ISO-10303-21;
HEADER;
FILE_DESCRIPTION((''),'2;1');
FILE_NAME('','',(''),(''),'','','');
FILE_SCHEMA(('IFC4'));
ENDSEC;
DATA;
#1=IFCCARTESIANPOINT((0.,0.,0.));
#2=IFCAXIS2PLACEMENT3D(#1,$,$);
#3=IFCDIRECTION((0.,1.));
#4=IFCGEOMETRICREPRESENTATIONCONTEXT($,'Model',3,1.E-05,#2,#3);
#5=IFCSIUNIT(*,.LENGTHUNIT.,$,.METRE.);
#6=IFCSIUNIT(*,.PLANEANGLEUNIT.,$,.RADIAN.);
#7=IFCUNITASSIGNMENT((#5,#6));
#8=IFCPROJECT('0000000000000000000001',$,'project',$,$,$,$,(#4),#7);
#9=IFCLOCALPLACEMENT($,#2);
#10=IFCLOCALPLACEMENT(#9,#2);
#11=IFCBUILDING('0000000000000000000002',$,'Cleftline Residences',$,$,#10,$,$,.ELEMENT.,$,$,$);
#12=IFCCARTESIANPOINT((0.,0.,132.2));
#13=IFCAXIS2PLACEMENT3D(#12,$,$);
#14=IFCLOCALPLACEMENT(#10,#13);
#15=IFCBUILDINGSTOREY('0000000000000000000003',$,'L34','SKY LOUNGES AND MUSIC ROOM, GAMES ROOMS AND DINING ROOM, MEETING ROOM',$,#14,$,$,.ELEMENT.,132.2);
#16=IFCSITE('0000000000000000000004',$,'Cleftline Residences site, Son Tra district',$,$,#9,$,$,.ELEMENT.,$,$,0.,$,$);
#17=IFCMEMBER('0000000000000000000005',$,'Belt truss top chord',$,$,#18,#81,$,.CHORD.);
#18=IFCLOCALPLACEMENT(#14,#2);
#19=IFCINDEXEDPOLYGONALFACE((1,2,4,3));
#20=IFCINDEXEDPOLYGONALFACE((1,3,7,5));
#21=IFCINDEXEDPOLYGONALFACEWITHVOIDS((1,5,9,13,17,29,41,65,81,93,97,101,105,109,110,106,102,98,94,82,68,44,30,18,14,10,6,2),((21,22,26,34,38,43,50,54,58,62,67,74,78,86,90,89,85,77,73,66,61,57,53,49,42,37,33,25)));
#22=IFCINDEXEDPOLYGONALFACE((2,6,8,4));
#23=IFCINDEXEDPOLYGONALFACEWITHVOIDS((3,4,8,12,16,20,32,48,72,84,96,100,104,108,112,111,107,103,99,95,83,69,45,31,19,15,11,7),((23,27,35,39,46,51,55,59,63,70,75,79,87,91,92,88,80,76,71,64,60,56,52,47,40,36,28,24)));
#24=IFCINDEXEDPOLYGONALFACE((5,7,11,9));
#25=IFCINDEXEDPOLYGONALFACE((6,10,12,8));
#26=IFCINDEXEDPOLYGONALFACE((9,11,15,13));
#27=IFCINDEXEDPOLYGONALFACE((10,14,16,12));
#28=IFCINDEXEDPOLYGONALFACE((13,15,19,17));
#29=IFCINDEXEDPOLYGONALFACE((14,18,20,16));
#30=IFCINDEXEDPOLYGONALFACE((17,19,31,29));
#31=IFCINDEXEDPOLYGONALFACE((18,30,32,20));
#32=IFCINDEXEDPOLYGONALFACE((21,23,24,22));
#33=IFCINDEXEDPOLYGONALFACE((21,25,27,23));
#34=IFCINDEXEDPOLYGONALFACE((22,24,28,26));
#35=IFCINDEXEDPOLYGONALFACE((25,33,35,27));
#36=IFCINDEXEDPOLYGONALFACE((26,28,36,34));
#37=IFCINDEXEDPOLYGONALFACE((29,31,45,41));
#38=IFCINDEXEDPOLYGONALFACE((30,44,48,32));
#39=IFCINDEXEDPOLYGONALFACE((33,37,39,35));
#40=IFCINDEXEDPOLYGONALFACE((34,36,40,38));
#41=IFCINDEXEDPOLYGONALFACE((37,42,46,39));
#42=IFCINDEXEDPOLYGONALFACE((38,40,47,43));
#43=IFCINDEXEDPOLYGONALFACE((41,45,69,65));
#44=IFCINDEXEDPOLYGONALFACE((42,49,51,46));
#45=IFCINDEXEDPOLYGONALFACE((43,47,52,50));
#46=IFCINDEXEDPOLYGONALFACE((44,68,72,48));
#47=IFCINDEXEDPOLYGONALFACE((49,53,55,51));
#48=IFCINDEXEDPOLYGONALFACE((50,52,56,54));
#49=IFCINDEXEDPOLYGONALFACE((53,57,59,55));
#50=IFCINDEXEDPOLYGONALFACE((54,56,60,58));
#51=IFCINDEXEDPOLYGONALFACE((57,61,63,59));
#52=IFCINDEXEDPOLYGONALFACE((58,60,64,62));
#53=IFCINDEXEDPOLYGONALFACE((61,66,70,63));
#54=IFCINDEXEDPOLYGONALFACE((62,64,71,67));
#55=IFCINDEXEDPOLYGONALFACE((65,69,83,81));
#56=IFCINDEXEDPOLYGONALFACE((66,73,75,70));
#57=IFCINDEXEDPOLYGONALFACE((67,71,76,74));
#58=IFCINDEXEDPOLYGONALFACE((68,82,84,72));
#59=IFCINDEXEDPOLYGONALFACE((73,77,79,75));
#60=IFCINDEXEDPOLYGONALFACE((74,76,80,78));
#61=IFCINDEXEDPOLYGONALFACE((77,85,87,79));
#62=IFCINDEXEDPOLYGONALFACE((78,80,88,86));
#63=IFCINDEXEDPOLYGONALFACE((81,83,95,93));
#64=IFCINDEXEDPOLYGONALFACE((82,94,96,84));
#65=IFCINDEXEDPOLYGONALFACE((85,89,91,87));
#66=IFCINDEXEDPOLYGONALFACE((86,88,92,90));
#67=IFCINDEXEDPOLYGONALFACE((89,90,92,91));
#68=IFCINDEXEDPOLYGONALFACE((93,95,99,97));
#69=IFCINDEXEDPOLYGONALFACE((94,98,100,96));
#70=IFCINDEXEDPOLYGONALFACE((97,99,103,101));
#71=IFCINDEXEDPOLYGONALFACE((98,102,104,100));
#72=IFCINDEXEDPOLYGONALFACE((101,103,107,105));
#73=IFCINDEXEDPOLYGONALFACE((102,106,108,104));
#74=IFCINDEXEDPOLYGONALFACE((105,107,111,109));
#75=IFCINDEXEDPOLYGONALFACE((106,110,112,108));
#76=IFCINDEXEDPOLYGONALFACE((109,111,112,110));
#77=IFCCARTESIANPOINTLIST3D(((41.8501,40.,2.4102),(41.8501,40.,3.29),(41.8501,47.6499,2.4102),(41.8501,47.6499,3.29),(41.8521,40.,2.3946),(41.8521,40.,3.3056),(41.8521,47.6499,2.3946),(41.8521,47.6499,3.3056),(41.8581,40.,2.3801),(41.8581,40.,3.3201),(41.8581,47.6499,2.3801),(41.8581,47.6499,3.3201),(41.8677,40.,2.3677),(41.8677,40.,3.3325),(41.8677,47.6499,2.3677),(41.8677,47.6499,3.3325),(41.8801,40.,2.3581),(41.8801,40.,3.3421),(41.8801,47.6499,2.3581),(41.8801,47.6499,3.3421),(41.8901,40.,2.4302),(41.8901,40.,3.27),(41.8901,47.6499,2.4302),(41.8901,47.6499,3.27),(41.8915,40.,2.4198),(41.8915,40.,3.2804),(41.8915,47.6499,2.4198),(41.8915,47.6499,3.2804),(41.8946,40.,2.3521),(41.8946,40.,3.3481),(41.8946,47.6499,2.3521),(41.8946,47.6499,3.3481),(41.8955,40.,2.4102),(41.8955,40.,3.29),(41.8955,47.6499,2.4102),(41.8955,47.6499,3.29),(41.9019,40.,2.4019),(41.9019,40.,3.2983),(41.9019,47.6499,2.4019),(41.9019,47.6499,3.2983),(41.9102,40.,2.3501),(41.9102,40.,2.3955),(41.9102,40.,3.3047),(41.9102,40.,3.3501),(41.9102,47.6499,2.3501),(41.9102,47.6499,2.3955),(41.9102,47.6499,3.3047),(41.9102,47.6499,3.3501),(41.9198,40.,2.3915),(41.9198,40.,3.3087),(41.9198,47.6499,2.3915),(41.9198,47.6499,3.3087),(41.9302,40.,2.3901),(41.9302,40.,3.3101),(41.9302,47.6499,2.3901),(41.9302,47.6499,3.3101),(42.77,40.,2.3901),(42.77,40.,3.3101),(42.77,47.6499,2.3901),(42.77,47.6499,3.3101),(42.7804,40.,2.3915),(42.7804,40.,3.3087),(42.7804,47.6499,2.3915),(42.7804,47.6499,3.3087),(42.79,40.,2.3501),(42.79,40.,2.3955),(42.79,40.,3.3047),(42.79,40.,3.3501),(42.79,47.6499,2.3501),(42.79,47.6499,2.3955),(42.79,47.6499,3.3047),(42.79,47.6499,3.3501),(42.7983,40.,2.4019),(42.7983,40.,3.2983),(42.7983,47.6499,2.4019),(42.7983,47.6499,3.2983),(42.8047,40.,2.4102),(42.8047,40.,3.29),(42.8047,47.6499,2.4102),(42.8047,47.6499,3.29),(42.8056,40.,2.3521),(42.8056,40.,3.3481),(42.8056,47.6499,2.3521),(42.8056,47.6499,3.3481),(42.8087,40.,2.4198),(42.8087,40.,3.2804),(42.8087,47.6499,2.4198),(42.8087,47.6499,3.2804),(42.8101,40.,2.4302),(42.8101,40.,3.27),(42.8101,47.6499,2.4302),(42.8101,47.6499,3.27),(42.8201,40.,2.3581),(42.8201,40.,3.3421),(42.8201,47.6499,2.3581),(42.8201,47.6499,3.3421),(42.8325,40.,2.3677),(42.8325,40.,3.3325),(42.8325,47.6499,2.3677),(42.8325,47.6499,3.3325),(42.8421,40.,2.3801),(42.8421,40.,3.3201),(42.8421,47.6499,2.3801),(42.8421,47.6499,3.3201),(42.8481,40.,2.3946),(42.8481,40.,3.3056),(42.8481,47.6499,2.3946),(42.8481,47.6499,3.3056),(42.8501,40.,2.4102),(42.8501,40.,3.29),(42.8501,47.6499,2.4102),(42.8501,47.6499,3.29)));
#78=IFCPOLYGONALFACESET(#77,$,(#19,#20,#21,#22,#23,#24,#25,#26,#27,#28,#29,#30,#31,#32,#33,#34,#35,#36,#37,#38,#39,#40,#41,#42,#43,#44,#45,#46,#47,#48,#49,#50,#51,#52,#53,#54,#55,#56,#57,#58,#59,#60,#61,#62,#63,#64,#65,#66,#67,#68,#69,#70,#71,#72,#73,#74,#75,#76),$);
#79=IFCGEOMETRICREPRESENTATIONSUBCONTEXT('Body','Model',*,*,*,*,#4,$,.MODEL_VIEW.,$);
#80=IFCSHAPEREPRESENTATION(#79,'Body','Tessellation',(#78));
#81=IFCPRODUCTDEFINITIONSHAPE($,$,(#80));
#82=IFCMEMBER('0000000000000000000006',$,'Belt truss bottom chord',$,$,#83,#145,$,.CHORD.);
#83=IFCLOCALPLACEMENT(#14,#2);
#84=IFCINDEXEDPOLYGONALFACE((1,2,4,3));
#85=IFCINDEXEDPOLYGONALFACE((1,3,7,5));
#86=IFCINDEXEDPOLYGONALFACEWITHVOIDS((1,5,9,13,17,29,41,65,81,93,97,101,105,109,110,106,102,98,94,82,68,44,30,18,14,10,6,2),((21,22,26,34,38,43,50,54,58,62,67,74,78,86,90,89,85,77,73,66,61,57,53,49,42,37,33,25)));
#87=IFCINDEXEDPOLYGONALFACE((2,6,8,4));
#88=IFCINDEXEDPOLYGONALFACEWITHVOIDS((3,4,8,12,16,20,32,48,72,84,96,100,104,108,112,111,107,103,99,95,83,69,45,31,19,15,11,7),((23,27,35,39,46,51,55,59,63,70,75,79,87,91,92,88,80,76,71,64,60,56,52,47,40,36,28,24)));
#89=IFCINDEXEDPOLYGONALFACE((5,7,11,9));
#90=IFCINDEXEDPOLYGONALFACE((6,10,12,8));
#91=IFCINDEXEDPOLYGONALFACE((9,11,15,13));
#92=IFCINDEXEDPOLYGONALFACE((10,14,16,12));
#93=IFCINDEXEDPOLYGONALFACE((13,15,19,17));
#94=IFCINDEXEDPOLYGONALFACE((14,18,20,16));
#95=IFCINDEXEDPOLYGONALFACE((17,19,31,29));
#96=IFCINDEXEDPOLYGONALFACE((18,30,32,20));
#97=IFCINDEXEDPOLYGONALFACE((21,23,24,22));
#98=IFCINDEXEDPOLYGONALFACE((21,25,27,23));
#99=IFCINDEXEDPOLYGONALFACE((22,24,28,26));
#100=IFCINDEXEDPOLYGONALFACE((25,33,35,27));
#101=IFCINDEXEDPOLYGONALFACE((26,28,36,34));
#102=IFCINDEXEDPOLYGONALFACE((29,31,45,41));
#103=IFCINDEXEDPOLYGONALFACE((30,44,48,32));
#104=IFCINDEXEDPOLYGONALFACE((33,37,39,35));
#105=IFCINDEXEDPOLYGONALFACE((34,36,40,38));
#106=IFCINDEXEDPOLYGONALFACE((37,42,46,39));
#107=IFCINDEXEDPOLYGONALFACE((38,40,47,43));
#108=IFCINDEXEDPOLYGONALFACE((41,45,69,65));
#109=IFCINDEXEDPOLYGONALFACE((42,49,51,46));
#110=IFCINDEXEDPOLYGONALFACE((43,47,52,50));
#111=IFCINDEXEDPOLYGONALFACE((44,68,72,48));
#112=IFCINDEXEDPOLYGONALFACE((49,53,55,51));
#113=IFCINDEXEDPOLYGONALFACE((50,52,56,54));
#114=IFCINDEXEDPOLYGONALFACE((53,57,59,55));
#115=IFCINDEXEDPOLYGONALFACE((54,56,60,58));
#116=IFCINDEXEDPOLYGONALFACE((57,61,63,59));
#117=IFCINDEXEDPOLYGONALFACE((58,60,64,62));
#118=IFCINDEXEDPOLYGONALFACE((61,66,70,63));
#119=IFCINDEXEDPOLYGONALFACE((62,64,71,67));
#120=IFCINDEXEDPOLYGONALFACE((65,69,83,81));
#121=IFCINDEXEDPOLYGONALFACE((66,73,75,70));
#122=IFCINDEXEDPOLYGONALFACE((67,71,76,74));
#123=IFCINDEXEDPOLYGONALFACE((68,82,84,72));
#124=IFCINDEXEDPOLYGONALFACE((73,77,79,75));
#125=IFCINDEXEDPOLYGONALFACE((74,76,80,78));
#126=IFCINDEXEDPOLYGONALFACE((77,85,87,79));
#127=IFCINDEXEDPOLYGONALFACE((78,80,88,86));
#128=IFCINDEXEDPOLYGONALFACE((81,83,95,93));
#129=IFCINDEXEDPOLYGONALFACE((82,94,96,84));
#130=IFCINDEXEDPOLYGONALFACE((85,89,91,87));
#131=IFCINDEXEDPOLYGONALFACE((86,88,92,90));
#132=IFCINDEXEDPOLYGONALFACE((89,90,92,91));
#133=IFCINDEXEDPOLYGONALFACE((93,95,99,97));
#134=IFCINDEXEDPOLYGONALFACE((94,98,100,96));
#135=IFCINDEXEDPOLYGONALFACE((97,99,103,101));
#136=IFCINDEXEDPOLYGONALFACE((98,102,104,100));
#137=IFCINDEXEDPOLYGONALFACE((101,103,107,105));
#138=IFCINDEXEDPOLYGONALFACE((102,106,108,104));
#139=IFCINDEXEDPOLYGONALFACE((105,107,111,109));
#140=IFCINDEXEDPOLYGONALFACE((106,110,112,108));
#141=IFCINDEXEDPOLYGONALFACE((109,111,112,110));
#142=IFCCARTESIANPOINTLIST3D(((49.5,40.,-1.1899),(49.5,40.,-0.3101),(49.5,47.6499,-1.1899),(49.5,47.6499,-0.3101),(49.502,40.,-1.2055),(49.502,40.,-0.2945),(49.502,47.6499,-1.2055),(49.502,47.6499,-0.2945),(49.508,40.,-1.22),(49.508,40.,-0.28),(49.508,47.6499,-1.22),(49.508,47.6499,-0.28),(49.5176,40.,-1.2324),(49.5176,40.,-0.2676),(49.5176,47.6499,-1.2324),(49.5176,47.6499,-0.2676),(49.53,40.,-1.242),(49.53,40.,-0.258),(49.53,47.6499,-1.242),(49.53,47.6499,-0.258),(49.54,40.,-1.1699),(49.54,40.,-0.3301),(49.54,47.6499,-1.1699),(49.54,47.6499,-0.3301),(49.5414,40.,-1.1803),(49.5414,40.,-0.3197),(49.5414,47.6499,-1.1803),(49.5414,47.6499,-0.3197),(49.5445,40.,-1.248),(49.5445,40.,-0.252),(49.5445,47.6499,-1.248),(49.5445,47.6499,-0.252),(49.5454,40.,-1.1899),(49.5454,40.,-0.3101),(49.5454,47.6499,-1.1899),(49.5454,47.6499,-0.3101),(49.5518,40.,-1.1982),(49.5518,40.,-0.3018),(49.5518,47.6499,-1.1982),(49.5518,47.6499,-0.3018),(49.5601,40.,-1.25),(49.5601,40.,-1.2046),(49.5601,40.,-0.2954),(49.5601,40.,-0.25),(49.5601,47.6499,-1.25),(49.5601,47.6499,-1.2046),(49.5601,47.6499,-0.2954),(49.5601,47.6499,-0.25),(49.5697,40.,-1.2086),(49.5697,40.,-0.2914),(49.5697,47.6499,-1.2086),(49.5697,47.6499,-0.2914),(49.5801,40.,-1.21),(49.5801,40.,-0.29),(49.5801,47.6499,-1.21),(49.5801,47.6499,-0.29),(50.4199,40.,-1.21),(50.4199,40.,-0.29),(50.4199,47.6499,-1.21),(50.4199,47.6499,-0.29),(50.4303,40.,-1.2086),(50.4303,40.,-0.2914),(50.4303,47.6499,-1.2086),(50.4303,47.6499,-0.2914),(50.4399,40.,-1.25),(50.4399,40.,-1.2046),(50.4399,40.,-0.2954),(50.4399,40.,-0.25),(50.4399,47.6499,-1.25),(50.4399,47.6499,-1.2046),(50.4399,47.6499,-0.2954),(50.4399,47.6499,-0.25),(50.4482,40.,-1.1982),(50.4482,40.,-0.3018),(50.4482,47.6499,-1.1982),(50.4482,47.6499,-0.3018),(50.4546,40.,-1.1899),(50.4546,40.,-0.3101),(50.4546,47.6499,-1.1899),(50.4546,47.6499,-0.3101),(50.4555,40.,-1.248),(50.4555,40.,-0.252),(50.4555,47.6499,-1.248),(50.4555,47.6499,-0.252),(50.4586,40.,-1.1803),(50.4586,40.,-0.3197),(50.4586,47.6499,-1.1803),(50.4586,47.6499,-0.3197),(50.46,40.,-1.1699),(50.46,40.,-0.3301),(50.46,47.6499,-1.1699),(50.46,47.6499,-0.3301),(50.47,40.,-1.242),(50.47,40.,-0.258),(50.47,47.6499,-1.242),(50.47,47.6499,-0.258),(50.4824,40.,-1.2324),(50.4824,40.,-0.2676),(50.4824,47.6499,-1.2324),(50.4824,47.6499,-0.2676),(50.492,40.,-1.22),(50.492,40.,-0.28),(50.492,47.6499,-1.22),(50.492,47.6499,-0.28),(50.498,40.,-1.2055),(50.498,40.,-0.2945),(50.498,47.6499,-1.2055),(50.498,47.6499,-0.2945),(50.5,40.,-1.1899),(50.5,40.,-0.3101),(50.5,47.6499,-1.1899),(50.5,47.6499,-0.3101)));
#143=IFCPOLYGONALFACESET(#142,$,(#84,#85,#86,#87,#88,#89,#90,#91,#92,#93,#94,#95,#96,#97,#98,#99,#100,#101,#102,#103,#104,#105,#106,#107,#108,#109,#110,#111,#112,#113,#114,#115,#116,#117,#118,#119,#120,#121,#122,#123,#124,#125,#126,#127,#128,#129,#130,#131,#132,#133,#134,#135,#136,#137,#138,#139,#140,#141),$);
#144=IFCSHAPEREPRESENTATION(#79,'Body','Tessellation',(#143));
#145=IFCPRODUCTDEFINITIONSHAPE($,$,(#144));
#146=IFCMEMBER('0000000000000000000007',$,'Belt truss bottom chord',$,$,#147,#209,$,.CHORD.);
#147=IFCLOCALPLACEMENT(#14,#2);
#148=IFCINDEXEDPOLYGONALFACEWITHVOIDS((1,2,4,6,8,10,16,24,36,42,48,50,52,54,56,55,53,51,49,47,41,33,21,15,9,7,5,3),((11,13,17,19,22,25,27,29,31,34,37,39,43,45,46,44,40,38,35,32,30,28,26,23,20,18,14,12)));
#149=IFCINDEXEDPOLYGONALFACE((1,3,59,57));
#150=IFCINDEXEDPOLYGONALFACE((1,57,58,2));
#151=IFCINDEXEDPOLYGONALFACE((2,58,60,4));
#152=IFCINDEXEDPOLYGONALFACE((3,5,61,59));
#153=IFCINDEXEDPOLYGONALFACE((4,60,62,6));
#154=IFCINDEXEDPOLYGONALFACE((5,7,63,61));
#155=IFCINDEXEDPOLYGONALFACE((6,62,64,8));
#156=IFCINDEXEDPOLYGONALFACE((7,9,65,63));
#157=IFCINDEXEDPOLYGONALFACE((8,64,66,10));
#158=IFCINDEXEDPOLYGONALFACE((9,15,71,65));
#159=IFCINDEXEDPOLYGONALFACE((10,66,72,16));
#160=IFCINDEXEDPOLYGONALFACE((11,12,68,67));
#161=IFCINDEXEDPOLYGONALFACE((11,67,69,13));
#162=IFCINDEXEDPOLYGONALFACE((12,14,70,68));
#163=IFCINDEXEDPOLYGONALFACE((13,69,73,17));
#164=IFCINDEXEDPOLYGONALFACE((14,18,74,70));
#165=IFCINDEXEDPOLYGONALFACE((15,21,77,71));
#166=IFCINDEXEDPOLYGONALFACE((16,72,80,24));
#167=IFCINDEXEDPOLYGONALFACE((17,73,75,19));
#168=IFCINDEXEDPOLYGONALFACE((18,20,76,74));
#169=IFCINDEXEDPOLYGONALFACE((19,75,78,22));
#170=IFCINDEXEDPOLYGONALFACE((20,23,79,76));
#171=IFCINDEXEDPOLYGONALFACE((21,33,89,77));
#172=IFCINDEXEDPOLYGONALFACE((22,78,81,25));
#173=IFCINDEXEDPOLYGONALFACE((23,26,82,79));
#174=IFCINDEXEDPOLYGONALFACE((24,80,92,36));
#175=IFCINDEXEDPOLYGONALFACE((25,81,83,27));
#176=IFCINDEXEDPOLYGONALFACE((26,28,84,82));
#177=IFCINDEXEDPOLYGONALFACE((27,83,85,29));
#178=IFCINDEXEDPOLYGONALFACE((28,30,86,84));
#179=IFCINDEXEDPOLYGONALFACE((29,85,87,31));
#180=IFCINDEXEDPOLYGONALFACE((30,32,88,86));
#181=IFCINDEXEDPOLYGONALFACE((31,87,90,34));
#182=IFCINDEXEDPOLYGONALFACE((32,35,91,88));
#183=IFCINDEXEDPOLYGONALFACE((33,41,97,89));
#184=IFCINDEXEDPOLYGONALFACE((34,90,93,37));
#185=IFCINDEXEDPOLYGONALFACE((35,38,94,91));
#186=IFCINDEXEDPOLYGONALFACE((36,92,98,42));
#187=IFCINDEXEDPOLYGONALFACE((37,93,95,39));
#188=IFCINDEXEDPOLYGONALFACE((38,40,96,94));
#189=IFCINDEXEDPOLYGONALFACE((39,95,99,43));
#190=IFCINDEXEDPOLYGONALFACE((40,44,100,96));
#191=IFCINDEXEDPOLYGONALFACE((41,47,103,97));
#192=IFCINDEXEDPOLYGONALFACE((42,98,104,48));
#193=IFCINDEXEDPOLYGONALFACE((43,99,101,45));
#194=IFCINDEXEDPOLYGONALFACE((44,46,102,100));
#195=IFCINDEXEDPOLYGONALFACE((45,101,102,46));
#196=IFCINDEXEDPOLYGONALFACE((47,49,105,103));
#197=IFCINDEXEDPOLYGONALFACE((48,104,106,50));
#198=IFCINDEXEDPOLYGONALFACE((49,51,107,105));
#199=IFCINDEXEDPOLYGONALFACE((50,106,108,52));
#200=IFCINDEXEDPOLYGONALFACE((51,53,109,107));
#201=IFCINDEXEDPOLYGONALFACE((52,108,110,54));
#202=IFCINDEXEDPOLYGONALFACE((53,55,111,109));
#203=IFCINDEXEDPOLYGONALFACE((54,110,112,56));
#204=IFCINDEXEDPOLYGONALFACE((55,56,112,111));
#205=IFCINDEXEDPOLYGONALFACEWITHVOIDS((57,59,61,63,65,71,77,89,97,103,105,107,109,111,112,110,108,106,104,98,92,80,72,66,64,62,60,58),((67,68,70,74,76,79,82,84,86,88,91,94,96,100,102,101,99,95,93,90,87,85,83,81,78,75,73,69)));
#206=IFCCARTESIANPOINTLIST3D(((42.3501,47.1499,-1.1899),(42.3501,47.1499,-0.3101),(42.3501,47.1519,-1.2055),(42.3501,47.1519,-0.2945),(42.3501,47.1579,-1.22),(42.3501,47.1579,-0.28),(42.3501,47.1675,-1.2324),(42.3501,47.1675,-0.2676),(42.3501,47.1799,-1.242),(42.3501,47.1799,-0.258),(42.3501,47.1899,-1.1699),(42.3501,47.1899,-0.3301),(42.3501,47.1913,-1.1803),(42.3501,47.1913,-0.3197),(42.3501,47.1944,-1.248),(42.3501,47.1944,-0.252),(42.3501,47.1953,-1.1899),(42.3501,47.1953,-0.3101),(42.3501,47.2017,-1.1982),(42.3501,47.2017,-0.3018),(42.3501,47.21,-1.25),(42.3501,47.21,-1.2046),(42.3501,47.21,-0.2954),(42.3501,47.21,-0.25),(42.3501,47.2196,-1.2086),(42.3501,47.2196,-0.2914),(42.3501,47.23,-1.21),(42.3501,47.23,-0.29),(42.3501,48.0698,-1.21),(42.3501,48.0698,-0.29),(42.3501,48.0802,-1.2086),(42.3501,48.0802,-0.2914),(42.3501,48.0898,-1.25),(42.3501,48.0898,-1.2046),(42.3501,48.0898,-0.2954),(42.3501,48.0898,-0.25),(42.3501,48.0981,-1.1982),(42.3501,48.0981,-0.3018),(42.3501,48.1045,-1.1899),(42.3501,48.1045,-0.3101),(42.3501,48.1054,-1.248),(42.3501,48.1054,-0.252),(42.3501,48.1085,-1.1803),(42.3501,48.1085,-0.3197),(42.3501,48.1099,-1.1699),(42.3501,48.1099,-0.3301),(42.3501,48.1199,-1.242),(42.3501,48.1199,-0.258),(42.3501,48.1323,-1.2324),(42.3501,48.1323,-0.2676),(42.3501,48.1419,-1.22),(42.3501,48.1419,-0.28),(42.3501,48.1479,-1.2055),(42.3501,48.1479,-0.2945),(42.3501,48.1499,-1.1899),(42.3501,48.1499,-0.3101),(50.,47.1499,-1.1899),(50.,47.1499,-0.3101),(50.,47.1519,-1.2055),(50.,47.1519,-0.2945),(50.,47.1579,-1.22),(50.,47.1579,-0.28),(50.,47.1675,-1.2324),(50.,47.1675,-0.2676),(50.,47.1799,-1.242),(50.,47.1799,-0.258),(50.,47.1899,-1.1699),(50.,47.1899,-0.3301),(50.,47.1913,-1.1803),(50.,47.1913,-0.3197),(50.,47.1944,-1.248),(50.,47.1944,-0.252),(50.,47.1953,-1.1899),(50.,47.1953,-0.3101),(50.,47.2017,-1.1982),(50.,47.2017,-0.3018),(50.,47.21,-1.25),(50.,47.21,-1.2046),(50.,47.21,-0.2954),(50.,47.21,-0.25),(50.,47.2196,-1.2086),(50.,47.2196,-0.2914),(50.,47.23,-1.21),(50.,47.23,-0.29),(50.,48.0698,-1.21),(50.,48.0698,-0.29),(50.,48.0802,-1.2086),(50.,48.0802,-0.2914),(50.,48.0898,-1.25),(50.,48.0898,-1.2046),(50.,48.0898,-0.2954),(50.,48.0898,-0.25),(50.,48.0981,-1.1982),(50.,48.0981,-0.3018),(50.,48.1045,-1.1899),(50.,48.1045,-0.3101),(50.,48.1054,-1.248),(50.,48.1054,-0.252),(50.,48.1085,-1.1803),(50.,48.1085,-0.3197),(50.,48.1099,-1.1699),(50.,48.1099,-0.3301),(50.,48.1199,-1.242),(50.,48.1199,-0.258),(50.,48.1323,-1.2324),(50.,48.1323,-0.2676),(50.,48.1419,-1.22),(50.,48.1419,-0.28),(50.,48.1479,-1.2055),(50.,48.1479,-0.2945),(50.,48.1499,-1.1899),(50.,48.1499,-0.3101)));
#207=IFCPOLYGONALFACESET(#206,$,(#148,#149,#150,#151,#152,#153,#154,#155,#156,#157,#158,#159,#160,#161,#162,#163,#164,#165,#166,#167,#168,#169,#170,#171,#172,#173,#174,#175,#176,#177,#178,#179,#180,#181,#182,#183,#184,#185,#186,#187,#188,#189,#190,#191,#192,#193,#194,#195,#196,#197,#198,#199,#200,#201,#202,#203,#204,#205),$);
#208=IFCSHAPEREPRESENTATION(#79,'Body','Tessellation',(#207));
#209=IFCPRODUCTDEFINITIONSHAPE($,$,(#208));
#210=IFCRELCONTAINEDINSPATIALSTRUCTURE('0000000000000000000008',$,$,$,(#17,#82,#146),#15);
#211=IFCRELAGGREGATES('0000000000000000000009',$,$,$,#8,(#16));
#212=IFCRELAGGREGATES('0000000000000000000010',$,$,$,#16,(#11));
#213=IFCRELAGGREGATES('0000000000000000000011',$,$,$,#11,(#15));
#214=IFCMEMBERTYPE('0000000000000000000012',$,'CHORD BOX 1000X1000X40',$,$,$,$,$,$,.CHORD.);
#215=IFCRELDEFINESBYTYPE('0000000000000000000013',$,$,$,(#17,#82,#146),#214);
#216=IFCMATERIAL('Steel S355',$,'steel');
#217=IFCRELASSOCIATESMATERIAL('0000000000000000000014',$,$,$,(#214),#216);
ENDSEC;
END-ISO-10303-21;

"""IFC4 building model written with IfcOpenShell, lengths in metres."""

from ifc_helpers import new_model, si_unit, direction, frame, origin, origin_2d, place, context, subcontext, project, spatial, hollow_rectangle, extrude, material, material_profile, profile_set, type_object, element, save


model = new_model("IFC4")

# Units and contexts
model_context = context("Model", 3, precision=1e-05, world=origin(), true_north=direction((0.0, 1.0)))
body_context = subcontext(model_context, "Body", "Model", "MODEL_VIEW")
ifc_project = project(units=[si_unit("LENGTHUNIT", "METRE"), si_unit("PLANEANGLEUNIT", "RADIAN")], contexts=[model_context])

# Site, building, storey
site_placement = place(None, origin())
site = spatial("IfcSite", under=ifc_project, at=site_placement, Name="Cleftline Residences site, Son Tra district", CompositionType="ELEMENT", RefElevation=0.0)
building_placement = place(site_placement, origin())
building = spatial("IfcBuilding", under=site, at=building_placement, Name="Cleftline Residences", CompositionType="ELEMENT")
storey_placement = place(building_placement, frame((0.0, 0.0, 132.2)))
storey = spatial("IfcBuildingStorey", under=building, at=storey_placement, Name="L34", Description="SKY LOUNGES AND MUSIC ROOM, GAMES ROOMS AND DINING ROOM, MEETING ROOM", CompositionType="ELEMENT", Elevation=132.2)

# Members
ifc_material_1 = material(Name="Steel S355", Category="steel")
ifc_material_profile_1 = material_profile(ifc_material_1, hollow_rectangle(XDim=1.0, YDim=1.0, WallThickness=0.04, InnerFilletRadius=0.04, OuterFilletRadius=0.0601, at=origin_2d()))
ifc_profile_set_1 = profile_set([ifc_material_profile_1], Name="Steel S355")
member_type_1 = type_object("IfcMemberType", Name="CHORD BOX 1000X1000X40", PredefinedType="CHORD", material=ifc_profile_set_1)
for number, where, z_axis, x_axis, name in (
    (1, (42.3501, 40.0, 2.8501), (0.0, 1.0, 0.0), (-1.0, 0.0, 0.0), "Belt truss top chord"),
    (2, (50.0, 40.0, -0.75), (0.0, 1.0, 0.0), (-1.0, 0.0, 0.0), "Belt truss bottom chord"),
    (3, (42.3501, 47.6499, -0.75), (1.0, 0.0, 0.0), (0.0, 1.0, 0.0), "Belt truss bottom chord"),
):
    element("IfcMember", number, at=place(storey_placement, frame(where, z_axis=z_axis, x_axis=x_axis)), inside=storey, type_object=member_type_1, Name=name, PredefinedType="CHORD", context=body_context, shape_type="SweptSolid", body=[
        extrude(hollow_rectangle(XDim=1.0, YDim=1.0, WallThickness=0.04, InnerFilletRadius=0.04, OuterFilletRadius=0.0601, at=origin_2d()), origin(), (0.0, 0.0, 1.0), 7.6499),
    ])

save(model, "model.ifc")
